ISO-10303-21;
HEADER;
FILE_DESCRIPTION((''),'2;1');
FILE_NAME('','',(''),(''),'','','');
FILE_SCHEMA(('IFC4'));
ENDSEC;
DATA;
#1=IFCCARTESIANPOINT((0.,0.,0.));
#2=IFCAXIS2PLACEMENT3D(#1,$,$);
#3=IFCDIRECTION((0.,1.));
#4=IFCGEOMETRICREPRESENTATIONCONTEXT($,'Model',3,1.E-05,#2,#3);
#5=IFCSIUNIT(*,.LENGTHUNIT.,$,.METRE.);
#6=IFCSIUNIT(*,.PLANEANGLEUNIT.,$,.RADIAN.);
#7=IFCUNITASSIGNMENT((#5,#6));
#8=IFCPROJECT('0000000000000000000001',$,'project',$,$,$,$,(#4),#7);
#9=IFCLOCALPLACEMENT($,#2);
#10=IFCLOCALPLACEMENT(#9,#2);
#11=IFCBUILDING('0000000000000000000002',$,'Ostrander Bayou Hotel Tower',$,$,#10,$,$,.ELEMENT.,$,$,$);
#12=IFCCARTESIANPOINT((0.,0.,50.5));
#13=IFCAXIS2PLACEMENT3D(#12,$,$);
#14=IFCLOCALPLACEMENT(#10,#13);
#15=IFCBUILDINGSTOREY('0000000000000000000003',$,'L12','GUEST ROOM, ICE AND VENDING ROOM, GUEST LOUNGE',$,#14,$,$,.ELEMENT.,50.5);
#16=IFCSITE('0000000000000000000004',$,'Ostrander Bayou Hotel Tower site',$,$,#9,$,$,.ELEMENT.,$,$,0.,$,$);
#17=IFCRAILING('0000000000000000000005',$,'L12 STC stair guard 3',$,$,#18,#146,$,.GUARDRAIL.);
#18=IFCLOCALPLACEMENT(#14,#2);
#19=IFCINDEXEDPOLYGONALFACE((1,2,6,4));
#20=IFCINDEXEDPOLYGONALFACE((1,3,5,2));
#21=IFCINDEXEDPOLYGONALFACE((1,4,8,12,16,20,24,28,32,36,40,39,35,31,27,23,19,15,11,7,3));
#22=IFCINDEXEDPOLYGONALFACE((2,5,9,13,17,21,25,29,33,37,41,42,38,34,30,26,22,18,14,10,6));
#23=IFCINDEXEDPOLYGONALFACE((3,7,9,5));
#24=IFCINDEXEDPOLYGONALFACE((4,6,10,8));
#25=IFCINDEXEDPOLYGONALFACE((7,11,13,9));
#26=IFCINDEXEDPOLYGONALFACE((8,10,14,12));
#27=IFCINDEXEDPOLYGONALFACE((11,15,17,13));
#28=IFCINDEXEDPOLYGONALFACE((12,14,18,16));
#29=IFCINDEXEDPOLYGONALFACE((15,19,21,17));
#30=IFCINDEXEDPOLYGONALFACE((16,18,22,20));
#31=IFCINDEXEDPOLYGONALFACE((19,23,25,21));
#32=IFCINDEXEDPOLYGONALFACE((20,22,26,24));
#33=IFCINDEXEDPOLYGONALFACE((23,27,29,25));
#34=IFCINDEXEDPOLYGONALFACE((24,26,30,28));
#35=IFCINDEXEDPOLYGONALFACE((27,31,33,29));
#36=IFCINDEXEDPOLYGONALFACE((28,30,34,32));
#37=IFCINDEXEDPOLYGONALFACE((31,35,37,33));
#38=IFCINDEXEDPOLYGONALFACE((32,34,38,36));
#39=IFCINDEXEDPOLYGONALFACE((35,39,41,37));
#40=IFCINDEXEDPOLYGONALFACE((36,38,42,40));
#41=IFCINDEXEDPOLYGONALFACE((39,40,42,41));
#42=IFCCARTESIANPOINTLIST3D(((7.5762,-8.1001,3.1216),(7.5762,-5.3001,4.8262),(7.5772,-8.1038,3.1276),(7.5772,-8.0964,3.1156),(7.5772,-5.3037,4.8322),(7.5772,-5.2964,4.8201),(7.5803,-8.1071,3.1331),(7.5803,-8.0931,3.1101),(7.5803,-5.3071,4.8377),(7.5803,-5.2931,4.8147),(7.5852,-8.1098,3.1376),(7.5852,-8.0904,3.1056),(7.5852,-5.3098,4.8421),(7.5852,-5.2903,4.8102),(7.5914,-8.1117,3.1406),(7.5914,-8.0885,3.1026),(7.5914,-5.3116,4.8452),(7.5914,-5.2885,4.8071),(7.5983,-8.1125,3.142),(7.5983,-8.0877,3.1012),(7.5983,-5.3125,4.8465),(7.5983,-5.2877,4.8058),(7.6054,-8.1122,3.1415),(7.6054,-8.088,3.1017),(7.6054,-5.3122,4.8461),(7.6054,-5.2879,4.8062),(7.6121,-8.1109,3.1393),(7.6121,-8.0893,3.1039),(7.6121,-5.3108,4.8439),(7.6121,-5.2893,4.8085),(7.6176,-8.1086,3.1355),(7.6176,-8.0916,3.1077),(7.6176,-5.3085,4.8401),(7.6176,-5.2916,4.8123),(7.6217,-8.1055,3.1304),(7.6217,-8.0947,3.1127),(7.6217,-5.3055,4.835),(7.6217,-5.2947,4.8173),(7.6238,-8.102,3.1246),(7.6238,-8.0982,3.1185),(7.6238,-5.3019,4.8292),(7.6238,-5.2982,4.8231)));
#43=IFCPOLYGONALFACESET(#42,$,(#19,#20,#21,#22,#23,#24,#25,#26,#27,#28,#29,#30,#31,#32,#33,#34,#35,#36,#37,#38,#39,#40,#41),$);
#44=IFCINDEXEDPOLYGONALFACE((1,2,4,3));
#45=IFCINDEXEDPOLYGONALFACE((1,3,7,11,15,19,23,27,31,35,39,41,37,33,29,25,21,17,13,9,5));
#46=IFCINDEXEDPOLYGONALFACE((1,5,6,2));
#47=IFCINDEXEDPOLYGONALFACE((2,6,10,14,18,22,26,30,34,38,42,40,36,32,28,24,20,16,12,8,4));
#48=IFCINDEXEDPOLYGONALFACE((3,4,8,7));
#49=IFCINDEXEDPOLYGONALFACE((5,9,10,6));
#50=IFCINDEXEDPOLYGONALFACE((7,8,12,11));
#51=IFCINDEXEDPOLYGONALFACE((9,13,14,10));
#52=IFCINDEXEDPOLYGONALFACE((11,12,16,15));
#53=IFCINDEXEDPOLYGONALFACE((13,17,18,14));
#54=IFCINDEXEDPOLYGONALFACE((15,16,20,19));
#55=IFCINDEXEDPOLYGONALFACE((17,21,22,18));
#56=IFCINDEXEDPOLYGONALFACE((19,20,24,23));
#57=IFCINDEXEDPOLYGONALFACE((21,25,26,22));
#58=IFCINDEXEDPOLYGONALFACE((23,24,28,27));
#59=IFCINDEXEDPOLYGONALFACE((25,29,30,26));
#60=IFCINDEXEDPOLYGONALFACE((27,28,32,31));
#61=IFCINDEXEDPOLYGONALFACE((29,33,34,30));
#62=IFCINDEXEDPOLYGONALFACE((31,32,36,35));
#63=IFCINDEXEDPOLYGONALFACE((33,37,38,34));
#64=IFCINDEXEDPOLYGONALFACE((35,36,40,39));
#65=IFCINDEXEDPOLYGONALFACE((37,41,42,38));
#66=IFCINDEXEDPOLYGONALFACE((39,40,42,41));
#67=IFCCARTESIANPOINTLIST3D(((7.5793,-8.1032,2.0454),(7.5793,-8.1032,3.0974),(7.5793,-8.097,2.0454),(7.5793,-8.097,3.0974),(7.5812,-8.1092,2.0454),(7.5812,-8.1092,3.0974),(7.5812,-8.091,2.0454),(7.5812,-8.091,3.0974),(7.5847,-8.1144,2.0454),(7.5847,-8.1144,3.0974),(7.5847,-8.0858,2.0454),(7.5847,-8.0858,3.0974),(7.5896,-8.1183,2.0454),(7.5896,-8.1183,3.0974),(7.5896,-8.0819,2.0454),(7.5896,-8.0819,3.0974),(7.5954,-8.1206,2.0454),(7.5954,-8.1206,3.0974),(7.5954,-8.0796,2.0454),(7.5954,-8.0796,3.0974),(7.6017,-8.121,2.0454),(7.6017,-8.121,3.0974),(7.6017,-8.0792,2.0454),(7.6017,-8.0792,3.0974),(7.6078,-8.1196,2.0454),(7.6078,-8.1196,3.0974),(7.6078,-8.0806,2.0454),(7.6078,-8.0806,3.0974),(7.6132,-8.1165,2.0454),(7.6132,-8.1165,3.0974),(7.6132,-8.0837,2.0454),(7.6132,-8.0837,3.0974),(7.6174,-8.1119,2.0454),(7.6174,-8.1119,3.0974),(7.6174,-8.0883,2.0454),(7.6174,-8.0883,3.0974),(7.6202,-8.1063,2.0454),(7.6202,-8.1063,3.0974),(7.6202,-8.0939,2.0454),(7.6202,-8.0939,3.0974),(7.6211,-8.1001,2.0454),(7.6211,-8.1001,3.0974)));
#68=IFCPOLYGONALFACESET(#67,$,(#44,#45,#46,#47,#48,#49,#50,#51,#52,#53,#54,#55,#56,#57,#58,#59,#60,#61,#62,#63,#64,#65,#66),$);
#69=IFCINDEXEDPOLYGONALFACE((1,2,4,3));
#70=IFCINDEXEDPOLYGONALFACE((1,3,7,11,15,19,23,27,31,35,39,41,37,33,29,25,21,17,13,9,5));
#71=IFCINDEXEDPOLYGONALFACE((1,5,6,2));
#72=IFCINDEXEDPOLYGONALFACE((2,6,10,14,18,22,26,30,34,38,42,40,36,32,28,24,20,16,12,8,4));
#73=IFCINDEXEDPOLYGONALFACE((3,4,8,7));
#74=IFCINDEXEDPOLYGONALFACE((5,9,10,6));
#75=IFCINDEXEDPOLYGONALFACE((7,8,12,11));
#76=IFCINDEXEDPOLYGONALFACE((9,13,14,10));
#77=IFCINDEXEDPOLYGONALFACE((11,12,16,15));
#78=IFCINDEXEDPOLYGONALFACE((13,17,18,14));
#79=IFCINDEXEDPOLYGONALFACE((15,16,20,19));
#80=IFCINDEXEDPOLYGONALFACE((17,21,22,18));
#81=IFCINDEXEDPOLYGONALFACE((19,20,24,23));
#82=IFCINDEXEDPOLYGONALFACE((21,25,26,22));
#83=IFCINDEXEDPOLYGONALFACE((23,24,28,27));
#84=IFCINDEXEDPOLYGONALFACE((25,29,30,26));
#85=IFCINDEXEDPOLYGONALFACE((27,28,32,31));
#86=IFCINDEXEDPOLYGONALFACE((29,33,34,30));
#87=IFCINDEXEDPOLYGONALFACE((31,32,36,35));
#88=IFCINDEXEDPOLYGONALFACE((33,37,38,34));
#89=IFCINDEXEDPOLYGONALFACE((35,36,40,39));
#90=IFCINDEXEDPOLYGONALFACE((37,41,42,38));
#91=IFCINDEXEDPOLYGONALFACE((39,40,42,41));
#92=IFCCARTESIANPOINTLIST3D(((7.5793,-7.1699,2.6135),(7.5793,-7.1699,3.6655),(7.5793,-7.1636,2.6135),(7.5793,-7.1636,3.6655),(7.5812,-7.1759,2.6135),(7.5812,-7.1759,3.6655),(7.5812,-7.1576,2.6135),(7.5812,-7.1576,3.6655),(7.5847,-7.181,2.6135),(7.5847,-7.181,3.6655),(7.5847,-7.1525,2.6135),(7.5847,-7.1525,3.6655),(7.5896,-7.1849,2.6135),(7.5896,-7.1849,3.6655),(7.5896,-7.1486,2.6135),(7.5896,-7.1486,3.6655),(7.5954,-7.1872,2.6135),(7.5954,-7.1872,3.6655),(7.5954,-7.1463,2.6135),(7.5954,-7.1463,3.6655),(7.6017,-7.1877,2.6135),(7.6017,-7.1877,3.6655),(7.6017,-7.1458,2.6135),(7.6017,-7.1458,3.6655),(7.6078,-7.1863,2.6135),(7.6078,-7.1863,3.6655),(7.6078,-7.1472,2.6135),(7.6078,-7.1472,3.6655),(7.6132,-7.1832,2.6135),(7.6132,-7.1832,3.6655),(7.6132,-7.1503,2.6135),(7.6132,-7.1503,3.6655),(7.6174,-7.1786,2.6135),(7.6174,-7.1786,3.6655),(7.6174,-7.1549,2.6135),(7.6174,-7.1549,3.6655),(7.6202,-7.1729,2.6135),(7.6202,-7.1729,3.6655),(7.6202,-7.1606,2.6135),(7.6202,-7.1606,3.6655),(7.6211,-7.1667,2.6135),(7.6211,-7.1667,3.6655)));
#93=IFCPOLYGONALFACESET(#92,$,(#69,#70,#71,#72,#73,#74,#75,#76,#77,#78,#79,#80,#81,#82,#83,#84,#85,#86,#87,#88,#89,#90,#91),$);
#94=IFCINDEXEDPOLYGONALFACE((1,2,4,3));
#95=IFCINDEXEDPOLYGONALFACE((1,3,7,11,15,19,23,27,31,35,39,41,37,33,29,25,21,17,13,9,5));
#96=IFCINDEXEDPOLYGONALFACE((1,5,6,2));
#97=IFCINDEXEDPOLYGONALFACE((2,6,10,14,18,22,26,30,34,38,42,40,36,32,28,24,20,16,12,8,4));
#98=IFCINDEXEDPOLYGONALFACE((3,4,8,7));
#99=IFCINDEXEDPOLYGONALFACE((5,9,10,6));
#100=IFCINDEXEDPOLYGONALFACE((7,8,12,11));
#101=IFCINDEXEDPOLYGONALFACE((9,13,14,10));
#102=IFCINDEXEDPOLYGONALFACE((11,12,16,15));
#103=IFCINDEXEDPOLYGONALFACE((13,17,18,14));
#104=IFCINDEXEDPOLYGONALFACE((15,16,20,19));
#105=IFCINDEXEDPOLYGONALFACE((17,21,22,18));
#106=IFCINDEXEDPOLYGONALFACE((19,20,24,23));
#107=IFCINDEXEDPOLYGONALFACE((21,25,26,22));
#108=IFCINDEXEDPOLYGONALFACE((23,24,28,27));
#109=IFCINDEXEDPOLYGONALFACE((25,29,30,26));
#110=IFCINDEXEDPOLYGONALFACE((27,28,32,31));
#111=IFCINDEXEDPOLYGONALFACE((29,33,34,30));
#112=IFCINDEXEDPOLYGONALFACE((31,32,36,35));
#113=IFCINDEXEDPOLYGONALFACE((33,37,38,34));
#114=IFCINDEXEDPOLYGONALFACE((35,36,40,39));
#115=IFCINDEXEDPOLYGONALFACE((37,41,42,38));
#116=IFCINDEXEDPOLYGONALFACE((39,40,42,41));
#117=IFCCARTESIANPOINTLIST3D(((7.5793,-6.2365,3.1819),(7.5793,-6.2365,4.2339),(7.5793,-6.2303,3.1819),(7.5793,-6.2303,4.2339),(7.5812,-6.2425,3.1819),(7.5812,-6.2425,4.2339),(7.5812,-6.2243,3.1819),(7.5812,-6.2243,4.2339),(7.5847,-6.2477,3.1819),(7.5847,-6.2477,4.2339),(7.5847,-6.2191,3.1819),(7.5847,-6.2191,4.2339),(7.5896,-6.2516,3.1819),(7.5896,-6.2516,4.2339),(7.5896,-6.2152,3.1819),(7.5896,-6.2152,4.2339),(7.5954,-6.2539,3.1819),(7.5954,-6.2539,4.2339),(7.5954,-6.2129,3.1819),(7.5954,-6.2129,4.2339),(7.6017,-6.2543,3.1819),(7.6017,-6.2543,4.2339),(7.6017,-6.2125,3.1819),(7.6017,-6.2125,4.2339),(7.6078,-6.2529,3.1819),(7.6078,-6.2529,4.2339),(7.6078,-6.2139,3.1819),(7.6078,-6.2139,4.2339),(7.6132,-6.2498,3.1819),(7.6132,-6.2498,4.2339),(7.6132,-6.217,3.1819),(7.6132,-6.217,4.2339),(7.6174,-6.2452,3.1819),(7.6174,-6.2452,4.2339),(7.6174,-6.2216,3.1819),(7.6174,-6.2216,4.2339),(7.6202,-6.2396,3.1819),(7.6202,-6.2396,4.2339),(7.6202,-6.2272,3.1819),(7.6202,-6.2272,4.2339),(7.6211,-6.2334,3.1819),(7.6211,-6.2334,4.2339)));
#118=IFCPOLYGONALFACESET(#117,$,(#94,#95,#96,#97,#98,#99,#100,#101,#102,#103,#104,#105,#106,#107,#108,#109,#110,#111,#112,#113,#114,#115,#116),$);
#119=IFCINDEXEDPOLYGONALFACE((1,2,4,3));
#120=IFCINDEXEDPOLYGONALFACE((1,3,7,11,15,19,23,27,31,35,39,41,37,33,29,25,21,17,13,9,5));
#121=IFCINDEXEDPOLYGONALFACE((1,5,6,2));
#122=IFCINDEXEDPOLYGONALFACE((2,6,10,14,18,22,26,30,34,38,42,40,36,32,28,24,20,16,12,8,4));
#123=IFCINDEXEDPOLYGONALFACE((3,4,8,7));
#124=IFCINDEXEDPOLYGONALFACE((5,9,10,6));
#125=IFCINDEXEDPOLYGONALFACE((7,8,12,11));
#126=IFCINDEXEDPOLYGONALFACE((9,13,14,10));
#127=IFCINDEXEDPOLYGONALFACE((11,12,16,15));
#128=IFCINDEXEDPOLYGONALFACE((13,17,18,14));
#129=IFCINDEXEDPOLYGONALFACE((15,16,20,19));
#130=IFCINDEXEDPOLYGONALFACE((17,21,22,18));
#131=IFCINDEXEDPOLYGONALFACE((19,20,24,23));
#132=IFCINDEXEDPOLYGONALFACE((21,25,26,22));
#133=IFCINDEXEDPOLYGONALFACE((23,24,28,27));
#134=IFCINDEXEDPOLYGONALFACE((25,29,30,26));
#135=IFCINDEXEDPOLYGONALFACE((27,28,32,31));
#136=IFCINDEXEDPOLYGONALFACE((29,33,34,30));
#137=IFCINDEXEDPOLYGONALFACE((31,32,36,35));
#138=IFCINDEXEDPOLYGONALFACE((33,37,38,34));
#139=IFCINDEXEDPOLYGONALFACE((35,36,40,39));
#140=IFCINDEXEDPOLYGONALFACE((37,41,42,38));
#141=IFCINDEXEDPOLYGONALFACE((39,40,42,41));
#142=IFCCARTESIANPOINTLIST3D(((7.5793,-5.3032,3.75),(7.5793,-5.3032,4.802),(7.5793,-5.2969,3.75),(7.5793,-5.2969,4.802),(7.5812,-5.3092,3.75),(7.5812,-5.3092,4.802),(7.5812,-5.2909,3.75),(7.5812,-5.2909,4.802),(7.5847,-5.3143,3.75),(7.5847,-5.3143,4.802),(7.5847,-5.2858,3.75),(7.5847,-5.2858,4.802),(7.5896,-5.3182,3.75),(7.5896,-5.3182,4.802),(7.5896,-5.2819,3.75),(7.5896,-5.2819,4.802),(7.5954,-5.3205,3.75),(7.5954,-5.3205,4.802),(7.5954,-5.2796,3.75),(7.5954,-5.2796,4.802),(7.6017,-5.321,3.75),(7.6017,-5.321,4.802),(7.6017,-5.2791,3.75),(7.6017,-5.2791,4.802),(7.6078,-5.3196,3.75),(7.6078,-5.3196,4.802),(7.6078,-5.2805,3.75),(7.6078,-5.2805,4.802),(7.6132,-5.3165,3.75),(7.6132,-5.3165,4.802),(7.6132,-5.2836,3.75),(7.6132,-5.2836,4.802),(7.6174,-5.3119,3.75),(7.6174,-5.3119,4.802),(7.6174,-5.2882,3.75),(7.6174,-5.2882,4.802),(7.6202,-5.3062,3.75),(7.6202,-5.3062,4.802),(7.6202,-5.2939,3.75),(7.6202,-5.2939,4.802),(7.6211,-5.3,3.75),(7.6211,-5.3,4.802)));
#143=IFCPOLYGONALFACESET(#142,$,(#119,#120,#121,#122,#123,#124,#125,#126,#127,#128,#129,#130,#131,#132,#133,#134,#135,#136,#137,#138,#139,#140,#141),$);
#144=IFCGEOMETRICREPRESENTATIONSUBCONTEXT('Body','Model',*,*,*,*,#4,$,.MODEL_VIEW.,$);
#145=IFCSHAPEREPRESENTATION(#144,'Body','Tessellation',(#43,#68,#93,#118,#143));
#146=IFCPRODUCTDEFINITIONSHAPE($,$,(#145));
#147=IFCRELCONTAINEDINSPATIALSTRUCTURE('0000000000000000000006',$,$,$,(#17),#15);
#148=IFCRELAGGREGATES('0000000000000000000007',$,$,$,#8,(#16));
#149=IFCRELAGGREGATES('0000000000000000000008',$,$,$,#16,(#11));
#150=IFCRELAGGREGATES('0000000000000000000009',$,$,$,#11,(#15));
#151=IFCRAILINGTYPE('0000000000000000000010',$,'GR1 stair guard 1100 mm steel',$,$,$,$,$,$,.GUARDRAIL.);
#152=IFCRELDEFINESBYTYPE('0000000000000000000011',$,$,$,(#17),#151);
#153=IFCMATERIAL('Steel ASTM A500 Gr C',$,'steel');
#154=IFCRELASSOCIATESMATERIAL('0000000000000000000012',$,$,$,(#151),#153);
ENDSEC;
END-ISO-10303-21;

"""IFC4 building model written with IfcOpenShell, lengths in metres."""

from ifc_helpers import new_model, si_unit, direction, frame, origin, origin_2d, place, context, subcontext, project, spatial, circle, extrude, material, type_object, element, save


model = new_model("IFC4")

# Units and contexts
model_context = context("Model", 3, precision=1e-05, world=origin(), true_north=direction((0.0, 1.0)))
body_context = subcontext(model_context, "Body", "Model", "MODEL_VIEW")
ifc_project = project(units=[si_unit("LENGTHUNIT", "METRE"), si_unit("PLANEANGLEUNIT", "RADIAN")], contexts=[model_context])

# Site, building, storey
site_placement = place(None, origin())
site = spatial("IfcSite", under=ifc_project, at=site_placement, Name="Ostrander Bayou Hotel Tower site", CompositionType="ELEMENT", RefElevation=0.0)
building_placement = place(site_placement, origin())
building = spatial("IfcBuilding", under=site, at=building_placement, Name="Ostrander Bayou Hotel Tower", CompositionType="ELEMENT")
storey_placement = place(building_placement, frame((0.0, 0.0, 50.5)))
storey = spatial("IfcBuildingStorey", under=building, at=storey_placement, Name="L12", Description="GUEST ROOM, ICE AND VENDING ROOM, GUEST LOUNGE", CompositionType="ELEMENT", Elevation=50.5)

# Railing
ifc_material_1 = material(Name="Steel ASTM A500 Gr C", Category="steel")
railing_type_1 = type_object("IfcRailingType", Name="GR1 stair guard 1100 mm steel", PredefinedType="GUARDRAIL", material=ifc_material_1)
railing_1_placement = place(storey_placement, frame((7.6001, -8.1001, 2.0454)))
element("IfcRailing", 1, at=railing_1_placement, inside=storey, type_object=railing_type_1, Name="L12 STC stair guard 3", PredefinedType="GUARDRAIL", context=body_context, shape_type="SweptSolid", body=[
    extrude(circle(Radius=0.0239, at=origin_2d()), frame((0.0, 0.0, 1.0762), z_axis=(0.0, 0.85417, 0.519994), x_axis=(-1.0, 0.0, 0.0)), (0.0, 0.0, 1.0), 3.2781),
    extrude(circle(Radius=0.021, at=origin_2d()), origin(), (0.0, 0.0, 1.0), 1.052),
    extrude(circle(Radius=0.021, at=origin_2d()), frame((0.0, 0.9333, 0.5681)), (0.0, 0.0, 1.0), 1.052),
    extrude(circle(Radius=0.021, at=origin_2d()), frame((0.0, 1.8667, 1.1365)), (0.0, 0.0, 1.0), 1.052),
    extrude(circle(Radius=0.021, at=origin_2d()), frame((0.0, 2.8, 1.7046)), (0.0, 0.0, 1.0), 1.052),
])

save(model, "model.ifc")
